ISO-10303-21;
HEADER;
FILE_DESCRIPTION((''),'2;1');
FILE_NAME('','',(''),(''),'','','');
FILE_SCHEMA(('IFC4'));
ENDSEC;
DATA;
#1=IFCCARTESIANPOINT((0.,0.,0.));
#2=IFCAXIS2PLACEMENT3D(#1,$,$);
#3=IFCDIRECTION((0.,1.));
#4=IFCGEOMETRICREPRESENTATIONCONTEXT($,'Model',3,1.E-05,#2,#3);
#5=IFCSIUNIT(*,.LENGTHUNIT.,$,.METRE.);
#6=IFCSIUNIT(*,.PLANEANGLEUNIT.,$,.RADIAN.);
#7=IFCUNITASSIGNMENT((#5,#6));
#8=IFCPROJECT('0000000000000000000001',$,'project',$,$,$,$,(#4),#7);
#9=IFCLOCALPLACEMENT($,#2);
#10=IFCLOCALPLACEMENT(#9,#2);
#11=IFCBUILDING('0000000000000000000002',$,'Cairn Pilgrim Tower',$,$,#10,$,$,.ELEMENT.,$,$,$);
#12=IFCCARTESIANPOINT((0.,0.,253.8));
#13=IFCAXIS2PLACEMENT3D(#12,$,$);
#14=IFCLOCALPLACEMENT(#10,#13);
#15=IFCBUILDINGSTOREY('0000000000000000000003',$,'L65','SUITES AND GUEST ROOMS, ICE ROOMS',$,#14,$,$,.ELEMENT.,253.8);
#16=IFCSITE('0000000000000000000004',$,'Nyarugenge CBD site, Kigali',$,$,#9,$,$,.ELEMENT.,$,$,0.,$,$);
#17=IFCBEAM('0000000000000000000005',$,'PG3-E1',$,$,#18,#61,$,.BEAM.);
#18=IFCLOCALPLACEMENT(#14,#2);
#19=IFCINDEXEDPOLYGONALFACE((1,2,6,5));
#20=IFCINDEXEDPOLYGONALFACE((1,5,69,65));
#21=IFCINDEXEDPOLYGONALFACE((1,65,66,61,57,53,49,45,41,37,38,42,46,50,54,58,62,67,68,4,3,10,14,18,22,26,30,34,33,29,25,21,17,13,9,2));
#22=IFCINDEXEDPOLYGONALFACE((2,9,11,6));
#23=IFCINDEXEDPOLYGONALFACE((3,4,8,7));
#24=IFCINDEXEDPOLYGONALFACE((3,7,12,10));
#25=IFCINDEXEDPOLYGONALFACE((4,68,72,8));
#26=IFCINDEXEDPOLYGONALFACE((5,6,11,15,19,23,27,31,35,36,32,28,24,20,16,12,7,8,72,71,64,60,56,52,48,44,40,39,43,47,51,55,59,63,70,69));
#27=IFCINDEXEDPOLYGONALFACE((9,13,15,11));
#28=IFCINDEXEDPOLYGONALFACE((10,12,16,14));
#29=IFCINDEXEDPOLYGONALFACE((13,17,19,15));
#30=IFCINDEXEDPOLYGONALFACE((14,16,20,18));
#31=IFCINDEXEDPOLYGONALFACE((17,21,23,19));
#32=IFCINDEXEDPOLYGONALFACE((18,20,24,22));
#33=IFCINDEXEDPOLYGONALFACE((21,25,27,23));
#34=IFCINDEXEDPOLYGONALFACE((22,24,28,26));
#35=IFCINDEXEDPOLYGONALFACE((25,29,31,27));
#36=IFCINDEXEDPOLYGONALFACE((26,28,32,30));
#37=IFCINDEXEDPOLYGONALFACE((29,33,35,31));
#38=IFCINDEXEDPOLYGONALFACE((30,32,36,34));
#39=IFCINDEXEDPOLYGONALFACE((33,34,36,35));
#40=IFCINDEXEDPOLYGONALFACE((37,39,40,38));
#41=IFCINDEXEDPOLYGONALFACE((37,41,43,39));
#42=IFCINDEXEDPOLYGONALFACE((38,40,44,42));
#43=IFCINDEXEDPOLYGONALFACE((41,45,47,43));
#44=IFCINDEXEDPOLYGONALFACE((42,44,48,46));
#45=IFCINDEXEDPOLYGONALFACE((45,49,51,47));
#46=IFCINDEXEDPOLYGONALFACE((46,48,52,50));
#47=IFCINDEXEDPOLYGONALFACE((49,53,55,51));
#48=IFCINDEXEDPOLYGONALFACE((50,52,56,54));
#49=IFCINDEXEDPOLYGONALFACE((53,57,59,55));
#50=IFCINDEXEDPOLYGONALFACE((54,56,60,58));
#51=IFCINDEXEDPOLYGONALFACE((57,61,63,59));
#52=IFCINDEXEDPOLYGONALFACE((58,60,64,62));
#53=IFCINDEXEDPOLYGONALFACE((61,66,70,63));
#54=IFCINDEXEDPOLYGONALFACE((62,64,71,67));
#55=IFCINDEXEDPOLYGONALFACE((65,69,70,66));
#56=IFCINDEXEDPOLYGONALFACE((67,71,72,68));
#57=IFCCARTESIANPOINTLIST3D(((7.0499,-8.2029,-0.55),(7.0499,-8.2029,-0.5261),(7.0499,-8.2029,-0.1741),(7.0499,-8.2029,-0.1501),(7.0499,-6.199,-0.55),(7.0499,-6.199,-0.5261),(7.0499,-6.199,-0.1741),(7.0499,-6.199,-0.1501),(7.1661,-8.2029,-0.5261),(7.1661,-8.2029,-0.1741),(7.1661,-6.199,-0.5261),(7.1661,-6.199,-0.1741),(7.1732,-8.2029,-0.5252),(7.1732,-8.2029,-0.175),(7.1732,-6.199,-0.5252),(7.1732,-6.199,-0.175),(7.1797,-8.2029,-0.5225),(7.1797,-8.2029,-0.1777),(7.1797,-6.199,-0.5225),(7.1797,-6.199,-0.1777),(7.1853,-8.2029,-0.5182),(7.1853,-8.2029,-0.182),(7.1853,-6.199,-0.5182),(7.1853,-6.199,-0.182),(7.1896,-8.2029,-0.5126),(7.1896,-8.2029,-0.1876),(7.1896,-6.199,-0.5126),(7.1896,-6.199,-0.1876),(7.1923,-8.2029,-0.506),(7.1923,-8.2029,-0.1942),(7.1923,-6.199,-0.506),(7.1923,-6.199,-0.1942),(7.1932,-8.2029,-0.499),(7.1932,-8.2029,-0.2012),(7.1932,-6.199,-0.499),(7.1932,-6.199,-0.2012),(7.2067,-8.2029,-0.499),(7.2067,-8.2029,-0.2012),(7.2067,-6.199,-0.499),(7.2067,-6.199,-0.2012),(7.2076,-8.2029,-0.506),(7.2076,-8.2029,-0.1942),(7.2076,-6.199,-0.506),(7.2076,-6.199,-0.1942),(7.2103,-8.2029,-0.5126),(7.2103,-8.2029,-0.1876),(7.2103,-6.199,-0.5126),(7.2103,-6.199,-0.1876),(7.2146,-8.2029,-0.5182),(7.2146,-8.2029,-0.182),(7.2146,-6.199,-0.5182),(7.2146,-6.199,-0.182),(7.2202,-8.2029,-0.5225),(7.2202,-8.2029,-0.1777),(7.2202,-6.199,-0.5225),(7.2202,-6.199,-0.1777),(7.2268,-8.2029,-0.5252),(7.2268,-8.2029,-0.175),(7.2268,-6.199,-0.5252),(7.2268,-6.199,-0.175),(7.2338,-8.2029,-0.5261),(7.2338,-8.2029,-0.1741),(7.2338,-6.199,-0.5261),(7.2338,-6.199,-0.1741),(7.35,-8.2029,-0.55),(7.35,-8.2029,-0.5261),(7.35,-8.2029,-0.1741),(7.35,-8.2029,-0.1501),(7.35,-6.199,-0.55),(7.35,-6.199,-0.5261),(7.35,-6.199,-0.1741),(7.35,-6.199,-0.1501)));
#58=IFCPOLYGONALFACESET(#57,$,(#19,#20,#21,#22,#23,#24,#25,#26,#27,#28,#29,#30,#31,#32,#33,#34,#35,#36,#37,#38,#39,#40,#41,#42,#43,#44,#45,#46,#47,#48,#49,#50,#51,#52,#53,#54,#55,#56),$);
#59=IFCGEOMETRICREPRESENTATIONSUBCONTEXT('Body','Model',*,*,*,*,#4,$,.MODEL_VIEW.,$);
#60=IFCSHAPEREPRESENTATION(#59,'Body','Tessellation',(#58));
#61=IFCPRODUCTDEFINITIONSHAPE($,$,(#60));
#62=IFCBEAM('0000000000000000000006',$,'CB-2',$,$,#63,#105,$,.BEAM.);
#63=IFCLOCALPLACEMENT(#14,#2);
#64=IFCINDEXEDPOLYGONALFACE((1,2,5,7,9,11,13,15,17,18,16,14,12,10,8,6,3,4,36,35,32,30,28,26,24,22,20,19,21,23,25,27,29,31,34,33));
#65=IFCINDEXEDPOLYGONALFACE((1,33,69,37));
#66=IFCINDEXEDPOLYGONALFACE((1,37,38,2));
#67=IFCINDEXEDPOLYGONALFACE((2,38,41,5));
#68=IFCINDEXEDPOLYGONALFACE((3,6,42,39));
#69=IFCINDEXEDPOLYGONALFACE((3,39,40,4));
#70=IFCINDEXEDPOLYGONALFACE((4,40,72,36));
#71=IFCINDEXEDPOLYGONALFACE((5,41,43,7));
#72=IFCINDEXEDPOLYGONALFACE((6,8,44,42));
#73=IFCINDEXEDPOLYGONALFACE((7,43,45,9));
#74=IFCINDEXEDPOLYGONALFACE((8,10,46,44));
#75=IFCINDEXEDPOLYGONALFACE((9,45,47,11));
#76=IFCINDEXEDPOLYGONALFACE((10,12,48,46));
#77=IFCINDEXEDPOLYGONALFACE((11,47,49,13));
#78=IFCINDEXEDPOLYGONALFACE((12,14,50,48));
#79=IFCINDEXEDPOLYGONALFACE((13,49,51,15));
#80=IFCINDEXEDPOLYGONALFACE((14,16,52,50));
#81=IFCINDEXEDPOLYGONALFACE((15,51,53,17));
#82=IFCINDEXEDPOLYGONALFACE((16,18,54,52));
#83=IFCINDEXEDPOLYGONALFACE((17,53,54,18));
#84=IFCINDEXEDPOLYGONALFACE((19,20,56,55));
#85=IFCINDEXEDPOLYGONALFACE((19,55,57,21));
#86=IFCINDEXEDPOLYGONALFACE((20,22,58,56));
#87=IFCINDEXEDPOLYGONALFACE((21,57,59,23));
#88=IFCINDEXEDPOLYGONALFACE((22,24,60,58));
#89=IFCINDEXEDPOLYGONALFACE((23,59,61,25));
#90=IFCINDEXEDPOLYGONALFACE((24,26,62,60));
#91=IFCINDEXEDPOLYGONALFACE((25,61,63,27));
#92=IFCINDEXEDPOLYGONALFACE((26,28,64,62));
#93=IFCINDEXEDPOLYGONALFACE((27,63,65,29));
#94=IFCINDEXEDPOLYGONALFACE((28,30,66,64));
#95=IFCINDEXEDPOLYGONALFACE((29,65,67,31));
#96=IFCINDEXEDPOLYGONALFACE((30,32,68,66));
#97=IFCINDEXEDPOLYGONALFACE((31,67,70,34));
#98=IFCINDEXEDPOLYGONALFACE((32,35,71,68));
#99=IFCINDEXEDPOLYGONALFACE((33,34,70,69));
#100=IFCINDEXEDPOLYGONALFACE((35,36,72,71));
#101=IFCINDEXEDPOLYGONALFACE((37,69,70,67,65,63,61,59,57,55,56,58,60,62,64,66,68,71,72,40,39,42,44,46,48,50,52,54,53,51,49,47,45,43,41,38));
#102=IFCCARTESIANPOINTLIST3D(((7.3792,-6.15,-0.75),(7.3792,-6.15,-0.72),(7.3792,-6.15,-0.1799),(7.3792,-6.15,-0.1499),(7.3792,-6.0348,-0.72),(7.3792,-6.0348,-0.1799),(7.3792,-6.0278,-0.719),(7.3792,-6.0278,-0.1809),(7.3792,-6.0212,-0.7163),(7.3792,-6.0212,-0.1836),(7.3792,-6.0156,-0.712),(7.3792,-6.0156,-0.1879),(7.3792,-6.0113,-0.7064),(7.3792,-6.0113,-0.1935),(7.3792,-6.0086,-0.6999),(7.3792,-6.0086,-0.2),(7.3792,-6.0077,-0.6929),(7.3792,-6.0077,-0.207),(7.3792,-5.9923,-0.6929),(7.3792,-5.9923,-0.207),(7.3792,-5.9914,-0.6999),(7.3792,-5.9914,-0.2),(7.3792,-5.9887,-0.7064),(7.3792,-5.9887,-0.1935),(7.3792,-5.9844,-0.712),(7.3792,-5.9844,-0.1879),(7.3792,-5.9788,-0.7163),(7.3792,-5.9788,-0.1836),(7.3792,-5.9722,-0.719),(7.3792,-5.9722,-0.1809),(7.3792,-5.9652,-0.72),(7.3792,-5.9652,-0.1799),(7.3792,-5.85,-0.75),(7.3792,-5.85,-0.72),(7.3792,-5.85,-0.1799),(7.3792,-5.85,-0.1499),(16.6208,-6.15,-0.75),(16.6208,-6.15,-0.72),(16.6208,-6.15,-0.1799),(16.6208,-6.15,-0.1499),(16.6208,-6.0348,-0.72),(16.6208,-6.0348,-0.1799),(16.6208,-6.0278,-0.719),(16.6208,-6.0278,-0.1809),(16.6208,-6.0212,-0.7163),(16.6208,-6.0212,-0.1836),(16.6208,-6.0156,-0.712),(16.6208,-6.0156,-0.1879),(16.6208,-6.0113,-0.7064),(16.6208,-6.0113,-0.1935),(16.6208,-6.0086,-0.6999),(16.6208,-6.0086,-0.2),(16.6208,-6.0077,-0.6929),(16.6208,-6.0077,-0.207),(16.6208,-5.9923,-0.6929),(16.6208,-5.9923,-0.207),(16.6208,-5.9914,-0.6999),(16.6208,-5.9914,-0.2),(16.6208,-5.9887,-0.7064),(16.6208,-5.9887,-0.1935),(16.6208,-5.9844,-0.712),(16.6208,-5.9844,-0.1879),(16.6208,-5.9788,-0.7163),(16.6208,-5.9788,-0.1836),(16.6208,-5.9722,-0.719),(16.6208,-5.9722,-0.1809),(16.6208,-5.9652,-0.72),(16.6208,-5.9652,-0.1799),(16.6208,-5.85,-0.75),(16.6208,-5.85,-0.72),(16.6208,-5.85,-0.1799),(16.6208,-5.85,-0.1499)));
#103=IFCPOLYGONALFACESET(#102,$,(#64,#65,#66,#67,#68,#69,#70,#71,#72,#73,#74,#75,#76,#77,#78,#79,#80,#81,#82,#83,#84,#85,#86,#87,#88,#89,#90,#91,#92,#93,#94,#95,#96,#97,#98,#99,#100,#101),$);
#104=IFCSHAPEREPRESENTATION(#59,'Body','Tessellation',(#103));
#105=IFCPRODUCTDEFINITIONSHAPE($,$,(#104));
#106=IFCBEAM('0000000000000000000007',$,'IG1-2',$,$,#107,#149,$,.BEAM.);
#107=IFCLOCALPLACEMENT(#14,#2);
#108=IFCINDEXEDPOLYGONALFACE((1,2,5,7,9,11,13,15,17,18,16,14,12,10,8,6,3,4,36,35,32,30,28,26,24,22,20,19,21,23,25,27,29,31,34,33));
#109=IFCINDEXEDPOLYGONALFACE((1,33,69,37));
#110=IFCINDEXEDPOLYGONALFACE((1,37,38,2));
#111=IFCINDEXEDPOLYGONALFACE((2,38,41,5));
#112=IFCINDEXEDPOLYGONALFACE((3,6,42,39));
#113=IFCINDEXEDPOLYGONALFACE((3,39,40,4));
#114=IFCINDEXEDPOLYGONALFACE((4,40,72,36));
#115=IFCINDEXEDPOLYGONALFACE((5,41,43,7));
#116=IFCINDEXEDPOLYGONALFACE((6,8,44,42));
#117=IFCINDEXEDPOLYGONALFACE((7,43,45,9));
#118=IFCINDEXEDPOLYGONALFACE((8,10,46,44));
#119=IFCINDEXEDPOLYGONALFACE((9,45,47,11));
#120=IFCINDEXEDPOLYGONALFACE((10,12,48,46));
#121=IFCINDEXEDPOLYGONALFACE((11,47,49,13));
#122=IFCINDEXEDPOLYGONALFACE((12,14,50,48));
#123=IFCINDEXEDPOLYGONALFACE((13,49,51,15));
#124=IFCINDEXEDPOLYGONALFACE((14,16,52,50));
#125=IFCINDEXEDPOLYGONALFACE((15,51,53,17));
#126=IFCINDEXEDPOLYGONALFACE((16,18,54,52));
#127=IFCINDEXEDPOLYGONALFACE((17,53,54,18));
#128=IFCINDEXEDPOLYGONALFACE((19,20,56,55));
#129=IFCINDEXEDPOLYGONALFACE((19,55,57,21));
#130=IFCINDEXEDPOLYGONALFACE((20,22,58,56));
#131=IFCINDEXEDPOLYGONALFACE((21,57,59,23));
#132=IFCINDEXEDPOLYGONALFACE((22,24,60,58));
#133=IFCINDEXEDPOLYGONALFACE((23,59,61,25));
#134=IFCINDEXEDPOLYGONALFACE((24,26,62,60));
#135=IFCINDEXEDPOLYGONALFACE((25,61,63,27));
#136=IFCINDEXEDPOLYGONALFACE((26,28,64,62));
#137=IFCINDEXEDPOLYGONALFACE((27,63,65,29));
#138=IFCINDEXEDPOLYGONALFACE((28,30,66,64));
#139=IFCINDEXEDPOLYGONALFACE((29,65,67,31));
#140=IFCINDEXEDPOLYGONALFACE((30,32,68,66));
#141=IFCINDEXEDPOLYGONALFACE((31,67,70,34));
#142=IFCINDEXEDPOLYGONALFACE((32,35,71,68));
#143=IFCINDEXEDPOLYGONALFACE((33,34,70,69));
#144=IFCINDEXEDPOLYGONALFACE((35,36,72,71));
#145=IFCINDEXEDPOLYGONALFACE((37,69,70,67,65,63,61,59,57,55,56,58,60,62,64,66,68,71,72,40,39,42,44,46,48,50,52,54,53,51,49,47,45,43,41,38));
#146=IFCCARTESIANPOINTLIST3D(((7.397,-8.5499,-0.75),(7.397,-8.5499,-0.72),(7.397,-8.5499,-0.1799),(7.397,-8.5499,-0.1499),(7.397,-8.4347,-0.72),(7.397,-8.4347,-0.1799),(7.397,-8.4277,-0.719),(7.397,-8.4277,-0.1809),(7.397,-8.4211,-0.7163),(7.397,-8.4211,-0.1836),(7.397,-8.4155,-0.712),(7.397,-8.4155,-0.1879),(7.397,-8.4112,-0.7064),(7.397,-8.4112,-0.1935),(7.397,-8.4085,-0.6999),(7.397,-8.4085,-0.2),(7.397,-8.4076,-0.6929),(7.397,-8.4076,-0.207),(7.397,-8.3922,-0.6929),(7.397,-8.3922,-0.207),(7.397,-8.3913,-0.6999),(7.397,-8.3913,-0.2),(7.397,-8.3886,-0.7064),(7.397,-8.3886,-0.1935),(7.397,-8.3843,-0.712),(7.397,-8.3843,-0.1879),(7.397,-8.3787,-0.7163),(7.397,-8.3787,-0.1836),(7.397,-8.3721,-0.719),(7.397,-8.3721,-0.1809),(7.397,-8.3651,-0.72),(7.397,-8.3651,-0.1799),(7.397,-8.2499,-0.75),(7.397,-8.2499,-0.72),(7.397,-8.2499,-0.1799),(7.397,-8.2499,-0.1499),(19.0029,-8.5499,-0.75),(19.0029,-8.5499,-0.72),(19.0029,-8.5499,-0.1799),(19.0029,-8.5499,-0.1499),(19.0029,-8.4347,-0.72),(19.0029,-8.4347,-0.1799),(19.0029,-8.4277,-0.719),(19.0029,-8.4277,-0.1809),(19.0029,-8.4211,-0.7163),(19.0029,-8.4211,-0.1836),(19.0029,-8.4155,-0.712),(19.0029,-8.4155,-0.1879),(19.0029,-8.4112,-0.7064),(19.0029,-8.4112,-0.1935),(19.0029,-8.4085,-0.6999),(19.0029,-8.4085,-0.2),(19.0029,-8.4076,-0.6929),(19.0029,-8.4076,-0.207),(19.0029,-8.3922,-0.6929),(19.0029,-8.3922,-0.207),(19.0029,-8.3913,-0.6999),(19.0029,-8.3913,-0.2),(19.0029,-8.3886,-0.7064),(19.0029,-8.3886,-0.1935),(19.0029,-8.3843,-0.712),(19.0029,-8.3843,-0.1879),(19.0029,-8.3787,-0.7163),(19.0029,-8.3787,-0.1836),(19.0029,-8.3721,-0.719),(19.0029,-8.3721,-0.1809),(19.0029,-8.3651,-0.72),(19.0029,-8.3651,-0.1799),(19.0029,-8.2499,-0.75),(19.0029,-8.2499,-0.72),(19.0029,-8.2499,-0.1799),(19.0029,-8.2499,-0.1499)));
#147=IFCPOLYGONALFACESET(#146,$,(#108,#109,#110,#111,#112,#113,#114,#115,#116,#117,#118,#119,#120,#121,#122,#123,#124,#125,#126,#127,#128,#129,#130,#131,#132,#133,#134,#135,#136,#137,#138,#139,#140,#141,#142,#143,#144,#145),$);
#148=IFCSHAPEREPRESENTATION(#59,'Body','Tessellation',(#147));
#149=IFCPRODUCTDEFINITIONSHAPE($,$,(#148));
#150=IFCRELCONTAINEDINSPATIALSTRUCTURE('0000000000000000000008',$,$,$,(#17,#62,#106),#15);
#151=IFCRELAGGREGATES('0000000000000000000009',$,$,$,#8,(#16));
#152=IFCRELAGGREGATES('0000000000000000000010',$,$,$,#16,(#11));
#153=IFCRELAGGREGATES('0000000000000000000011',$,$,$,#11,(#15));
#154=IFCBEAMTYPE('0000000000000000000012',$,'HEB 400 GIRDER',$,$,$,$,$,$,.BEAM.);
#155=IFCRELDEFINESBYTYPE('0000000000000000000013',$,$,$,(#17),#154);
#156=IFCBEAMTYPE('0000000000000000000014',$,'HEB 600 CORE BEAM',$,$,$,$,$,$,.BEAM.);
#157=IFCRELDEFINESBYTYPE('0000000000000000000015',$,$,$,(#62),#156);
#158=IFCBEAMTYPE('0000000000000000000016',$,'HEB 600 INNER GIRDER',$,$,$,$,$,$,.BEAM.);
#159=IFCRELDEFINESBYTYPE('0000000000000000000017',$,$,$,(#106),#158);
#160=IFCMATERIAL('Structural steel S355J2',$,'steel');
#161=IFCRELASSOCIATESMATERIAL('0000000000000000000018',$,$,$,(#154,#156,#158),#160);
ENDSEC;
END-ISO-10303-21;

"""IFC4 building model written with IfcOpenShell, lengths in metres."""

from ifc_helpers import new_model, si_unit, direction, frame, origin, origin_2d, place, context, subcontext, project, spatial, i_section, extrude, material, material_profile, profile_set, type_object, element, save


model = new_model("IFC4")

# Units and contexts
model_context = context("Model", 3, precision=1e-05, world=origin(), true_north=direction((0.0, 1.0)))
body_context = subcontext(model_context, "Body", "Model", "MODEL_VIEW")
ifc_project = project(units=[si_unit("LENGTHUNIT", "METRE"), si_unit("PLANEANGLEUNIT", "RADIAN")], contexts=[model_context])

# Site, building, storey
site_placement = place(None, origin())
site = spatial("IfcSite", under=ifc_project, at=site_placement, Name="Nyarugenge CBD site, Kigali", CompositionType="ELEMENT", RefElevation=0.0)
building_placement = place(site_placement, origin())
building = spatial("IfcBuilding", under=site, at=building_placement, Name="Cairn Pilgrim Tower", CompositionType="ELEMENT")
storey_placement = place(building_placement, frame((0.0, 0.0, 253.8)))
storey = spatial("IfcBuildingStorey", under=building, at=storey_placement, Name="L65", Description="SUITES AND GUEST ROOMS, ICE ROOMS", CompositionType="ELEMENT", Elevation=253.8)

# Shared definitions
ifc_material_1 = material(Name="Structural steel S355J2", Category="steel")

# Beams
ifc_material_profile_1 = material_profile(ifc_material_1, i_section(OverallWidth=0.3, OverallDepth=0.3999, WebThickness=0.0134, FlangeThickness=0.0239, FilletRadius=0.0271, at=origin_2d()), Name="HEB 400")
ifc_profile_set_1 = profile_set([ifc_material_profile_1], Name="Structural steel S355J2")
beam_type_1 = type_object("IfcBeamType", Name="HEB 400 GIRDER", PredefinedType="BEAM", material=ifc_profile_set_1)
beam_1_placement = place(storey_placement, frame((7.2, -8.2029, -0.3501), z_axis=(0.0, 1.0, 0.0), x_axis=(-1.0, 0.0, 0.0)))
element("IfcBeam", 1, at=beam_1_placement, inside=storey, type_object=beam_type_1, Name="PG3-E1", PredefinedType="BEAM", context=body_context, shape_type="SweptSolid", body=[
    extrude(i_section(OverallWidth=0.3, OverallDepth=0.3999, WebThickness=0.0134, FlangeThickness=0.0239, FilletRadius=0.0271, at=origin_2d()), origin(), (0.0, 0.0, 1.0), 2.0039),
])
ifc_material_profile_2 = material_profile(ifc_material_1, i_section(OverallWidth=0.3, OverallDepth=0.6001, WebThickness=0.0154, FlangeThickness=0.03, FilletRadius=0.0271, at=origin_2d()), Name="HEB 600")
ifc_profile_set_2 = profile_set([ifc_material_profile_2], Name="Structural steel S355J2")
beam_type_2 = type_object("IfcBeamType", Name="HEB 600 CORE BEAM", PredefinedType="BEAM", material=ifc_profile_set_2)
beam_2_placement = place(storey_placement, frame((7.3792, -6.0, -0.45), z_axis=(1.0, 0.0, 0.0), x_axis=(0.0, 1.0, 0.0)))
element("IfcBeam", 2, at=beam_2_placement, inside=storey, type_object=beam_type_2, Name="CB-2", PredefinedType="BEAM", context=body_context, shape_type="SweptSolid", body=[
    extrude(i_section(OverallWidth=0.3, OverallDepth=0.6001, WebThickness=0.0154, FlangeThickness=0.03, FilletRadius=0.0271, at=origin_2d()), origin(), (0.0, 0.0, 1.0), 9.2417),
])
ifc_material_profile_3 = material_profile(ifc_material_1, i_section(OverallWidth=0.3, OverallDepth=0.6001, WebThickness=0.0154, FlangeThickness=0.03, FilletRadius=0.0271, at=origin_2d()), Name="HEB 600")
ifc_profile_set_3 = profile_set([ifc_material_profile_3], Name="Structural steel S355J2")
beam_type_3 = type_object("IfcBeamType", Name="HEB 600 INNER GIRDER", PredefinedType="BEAM", material=ifc_profile_set_3)
beam_3_placement = place(storey_placement, frame((7.397, -8.3999, -0.45), z_axis=(1.0, 0.0, 0.0), x_axis=(0.0, 1.0, 0.0)))
element("IfcBeam", 3, at=beam_3_placement, inside=storey, type_object=beam_type_3, Name="IG1-2", PredefinedType="BEAM", context=body_context, shape_type="SweptSolid", body=[
    extrude(i_section(OverallWidth=0.3, OverallDepth=0.6001, WebThickness=0.0154, FlangeThickness=0.03, FilletRadius=0.0271, at=origin_2d()), origin(), (0.0, 0.0, 1.0), 11.606),
])

save(model, "model.ifc")
